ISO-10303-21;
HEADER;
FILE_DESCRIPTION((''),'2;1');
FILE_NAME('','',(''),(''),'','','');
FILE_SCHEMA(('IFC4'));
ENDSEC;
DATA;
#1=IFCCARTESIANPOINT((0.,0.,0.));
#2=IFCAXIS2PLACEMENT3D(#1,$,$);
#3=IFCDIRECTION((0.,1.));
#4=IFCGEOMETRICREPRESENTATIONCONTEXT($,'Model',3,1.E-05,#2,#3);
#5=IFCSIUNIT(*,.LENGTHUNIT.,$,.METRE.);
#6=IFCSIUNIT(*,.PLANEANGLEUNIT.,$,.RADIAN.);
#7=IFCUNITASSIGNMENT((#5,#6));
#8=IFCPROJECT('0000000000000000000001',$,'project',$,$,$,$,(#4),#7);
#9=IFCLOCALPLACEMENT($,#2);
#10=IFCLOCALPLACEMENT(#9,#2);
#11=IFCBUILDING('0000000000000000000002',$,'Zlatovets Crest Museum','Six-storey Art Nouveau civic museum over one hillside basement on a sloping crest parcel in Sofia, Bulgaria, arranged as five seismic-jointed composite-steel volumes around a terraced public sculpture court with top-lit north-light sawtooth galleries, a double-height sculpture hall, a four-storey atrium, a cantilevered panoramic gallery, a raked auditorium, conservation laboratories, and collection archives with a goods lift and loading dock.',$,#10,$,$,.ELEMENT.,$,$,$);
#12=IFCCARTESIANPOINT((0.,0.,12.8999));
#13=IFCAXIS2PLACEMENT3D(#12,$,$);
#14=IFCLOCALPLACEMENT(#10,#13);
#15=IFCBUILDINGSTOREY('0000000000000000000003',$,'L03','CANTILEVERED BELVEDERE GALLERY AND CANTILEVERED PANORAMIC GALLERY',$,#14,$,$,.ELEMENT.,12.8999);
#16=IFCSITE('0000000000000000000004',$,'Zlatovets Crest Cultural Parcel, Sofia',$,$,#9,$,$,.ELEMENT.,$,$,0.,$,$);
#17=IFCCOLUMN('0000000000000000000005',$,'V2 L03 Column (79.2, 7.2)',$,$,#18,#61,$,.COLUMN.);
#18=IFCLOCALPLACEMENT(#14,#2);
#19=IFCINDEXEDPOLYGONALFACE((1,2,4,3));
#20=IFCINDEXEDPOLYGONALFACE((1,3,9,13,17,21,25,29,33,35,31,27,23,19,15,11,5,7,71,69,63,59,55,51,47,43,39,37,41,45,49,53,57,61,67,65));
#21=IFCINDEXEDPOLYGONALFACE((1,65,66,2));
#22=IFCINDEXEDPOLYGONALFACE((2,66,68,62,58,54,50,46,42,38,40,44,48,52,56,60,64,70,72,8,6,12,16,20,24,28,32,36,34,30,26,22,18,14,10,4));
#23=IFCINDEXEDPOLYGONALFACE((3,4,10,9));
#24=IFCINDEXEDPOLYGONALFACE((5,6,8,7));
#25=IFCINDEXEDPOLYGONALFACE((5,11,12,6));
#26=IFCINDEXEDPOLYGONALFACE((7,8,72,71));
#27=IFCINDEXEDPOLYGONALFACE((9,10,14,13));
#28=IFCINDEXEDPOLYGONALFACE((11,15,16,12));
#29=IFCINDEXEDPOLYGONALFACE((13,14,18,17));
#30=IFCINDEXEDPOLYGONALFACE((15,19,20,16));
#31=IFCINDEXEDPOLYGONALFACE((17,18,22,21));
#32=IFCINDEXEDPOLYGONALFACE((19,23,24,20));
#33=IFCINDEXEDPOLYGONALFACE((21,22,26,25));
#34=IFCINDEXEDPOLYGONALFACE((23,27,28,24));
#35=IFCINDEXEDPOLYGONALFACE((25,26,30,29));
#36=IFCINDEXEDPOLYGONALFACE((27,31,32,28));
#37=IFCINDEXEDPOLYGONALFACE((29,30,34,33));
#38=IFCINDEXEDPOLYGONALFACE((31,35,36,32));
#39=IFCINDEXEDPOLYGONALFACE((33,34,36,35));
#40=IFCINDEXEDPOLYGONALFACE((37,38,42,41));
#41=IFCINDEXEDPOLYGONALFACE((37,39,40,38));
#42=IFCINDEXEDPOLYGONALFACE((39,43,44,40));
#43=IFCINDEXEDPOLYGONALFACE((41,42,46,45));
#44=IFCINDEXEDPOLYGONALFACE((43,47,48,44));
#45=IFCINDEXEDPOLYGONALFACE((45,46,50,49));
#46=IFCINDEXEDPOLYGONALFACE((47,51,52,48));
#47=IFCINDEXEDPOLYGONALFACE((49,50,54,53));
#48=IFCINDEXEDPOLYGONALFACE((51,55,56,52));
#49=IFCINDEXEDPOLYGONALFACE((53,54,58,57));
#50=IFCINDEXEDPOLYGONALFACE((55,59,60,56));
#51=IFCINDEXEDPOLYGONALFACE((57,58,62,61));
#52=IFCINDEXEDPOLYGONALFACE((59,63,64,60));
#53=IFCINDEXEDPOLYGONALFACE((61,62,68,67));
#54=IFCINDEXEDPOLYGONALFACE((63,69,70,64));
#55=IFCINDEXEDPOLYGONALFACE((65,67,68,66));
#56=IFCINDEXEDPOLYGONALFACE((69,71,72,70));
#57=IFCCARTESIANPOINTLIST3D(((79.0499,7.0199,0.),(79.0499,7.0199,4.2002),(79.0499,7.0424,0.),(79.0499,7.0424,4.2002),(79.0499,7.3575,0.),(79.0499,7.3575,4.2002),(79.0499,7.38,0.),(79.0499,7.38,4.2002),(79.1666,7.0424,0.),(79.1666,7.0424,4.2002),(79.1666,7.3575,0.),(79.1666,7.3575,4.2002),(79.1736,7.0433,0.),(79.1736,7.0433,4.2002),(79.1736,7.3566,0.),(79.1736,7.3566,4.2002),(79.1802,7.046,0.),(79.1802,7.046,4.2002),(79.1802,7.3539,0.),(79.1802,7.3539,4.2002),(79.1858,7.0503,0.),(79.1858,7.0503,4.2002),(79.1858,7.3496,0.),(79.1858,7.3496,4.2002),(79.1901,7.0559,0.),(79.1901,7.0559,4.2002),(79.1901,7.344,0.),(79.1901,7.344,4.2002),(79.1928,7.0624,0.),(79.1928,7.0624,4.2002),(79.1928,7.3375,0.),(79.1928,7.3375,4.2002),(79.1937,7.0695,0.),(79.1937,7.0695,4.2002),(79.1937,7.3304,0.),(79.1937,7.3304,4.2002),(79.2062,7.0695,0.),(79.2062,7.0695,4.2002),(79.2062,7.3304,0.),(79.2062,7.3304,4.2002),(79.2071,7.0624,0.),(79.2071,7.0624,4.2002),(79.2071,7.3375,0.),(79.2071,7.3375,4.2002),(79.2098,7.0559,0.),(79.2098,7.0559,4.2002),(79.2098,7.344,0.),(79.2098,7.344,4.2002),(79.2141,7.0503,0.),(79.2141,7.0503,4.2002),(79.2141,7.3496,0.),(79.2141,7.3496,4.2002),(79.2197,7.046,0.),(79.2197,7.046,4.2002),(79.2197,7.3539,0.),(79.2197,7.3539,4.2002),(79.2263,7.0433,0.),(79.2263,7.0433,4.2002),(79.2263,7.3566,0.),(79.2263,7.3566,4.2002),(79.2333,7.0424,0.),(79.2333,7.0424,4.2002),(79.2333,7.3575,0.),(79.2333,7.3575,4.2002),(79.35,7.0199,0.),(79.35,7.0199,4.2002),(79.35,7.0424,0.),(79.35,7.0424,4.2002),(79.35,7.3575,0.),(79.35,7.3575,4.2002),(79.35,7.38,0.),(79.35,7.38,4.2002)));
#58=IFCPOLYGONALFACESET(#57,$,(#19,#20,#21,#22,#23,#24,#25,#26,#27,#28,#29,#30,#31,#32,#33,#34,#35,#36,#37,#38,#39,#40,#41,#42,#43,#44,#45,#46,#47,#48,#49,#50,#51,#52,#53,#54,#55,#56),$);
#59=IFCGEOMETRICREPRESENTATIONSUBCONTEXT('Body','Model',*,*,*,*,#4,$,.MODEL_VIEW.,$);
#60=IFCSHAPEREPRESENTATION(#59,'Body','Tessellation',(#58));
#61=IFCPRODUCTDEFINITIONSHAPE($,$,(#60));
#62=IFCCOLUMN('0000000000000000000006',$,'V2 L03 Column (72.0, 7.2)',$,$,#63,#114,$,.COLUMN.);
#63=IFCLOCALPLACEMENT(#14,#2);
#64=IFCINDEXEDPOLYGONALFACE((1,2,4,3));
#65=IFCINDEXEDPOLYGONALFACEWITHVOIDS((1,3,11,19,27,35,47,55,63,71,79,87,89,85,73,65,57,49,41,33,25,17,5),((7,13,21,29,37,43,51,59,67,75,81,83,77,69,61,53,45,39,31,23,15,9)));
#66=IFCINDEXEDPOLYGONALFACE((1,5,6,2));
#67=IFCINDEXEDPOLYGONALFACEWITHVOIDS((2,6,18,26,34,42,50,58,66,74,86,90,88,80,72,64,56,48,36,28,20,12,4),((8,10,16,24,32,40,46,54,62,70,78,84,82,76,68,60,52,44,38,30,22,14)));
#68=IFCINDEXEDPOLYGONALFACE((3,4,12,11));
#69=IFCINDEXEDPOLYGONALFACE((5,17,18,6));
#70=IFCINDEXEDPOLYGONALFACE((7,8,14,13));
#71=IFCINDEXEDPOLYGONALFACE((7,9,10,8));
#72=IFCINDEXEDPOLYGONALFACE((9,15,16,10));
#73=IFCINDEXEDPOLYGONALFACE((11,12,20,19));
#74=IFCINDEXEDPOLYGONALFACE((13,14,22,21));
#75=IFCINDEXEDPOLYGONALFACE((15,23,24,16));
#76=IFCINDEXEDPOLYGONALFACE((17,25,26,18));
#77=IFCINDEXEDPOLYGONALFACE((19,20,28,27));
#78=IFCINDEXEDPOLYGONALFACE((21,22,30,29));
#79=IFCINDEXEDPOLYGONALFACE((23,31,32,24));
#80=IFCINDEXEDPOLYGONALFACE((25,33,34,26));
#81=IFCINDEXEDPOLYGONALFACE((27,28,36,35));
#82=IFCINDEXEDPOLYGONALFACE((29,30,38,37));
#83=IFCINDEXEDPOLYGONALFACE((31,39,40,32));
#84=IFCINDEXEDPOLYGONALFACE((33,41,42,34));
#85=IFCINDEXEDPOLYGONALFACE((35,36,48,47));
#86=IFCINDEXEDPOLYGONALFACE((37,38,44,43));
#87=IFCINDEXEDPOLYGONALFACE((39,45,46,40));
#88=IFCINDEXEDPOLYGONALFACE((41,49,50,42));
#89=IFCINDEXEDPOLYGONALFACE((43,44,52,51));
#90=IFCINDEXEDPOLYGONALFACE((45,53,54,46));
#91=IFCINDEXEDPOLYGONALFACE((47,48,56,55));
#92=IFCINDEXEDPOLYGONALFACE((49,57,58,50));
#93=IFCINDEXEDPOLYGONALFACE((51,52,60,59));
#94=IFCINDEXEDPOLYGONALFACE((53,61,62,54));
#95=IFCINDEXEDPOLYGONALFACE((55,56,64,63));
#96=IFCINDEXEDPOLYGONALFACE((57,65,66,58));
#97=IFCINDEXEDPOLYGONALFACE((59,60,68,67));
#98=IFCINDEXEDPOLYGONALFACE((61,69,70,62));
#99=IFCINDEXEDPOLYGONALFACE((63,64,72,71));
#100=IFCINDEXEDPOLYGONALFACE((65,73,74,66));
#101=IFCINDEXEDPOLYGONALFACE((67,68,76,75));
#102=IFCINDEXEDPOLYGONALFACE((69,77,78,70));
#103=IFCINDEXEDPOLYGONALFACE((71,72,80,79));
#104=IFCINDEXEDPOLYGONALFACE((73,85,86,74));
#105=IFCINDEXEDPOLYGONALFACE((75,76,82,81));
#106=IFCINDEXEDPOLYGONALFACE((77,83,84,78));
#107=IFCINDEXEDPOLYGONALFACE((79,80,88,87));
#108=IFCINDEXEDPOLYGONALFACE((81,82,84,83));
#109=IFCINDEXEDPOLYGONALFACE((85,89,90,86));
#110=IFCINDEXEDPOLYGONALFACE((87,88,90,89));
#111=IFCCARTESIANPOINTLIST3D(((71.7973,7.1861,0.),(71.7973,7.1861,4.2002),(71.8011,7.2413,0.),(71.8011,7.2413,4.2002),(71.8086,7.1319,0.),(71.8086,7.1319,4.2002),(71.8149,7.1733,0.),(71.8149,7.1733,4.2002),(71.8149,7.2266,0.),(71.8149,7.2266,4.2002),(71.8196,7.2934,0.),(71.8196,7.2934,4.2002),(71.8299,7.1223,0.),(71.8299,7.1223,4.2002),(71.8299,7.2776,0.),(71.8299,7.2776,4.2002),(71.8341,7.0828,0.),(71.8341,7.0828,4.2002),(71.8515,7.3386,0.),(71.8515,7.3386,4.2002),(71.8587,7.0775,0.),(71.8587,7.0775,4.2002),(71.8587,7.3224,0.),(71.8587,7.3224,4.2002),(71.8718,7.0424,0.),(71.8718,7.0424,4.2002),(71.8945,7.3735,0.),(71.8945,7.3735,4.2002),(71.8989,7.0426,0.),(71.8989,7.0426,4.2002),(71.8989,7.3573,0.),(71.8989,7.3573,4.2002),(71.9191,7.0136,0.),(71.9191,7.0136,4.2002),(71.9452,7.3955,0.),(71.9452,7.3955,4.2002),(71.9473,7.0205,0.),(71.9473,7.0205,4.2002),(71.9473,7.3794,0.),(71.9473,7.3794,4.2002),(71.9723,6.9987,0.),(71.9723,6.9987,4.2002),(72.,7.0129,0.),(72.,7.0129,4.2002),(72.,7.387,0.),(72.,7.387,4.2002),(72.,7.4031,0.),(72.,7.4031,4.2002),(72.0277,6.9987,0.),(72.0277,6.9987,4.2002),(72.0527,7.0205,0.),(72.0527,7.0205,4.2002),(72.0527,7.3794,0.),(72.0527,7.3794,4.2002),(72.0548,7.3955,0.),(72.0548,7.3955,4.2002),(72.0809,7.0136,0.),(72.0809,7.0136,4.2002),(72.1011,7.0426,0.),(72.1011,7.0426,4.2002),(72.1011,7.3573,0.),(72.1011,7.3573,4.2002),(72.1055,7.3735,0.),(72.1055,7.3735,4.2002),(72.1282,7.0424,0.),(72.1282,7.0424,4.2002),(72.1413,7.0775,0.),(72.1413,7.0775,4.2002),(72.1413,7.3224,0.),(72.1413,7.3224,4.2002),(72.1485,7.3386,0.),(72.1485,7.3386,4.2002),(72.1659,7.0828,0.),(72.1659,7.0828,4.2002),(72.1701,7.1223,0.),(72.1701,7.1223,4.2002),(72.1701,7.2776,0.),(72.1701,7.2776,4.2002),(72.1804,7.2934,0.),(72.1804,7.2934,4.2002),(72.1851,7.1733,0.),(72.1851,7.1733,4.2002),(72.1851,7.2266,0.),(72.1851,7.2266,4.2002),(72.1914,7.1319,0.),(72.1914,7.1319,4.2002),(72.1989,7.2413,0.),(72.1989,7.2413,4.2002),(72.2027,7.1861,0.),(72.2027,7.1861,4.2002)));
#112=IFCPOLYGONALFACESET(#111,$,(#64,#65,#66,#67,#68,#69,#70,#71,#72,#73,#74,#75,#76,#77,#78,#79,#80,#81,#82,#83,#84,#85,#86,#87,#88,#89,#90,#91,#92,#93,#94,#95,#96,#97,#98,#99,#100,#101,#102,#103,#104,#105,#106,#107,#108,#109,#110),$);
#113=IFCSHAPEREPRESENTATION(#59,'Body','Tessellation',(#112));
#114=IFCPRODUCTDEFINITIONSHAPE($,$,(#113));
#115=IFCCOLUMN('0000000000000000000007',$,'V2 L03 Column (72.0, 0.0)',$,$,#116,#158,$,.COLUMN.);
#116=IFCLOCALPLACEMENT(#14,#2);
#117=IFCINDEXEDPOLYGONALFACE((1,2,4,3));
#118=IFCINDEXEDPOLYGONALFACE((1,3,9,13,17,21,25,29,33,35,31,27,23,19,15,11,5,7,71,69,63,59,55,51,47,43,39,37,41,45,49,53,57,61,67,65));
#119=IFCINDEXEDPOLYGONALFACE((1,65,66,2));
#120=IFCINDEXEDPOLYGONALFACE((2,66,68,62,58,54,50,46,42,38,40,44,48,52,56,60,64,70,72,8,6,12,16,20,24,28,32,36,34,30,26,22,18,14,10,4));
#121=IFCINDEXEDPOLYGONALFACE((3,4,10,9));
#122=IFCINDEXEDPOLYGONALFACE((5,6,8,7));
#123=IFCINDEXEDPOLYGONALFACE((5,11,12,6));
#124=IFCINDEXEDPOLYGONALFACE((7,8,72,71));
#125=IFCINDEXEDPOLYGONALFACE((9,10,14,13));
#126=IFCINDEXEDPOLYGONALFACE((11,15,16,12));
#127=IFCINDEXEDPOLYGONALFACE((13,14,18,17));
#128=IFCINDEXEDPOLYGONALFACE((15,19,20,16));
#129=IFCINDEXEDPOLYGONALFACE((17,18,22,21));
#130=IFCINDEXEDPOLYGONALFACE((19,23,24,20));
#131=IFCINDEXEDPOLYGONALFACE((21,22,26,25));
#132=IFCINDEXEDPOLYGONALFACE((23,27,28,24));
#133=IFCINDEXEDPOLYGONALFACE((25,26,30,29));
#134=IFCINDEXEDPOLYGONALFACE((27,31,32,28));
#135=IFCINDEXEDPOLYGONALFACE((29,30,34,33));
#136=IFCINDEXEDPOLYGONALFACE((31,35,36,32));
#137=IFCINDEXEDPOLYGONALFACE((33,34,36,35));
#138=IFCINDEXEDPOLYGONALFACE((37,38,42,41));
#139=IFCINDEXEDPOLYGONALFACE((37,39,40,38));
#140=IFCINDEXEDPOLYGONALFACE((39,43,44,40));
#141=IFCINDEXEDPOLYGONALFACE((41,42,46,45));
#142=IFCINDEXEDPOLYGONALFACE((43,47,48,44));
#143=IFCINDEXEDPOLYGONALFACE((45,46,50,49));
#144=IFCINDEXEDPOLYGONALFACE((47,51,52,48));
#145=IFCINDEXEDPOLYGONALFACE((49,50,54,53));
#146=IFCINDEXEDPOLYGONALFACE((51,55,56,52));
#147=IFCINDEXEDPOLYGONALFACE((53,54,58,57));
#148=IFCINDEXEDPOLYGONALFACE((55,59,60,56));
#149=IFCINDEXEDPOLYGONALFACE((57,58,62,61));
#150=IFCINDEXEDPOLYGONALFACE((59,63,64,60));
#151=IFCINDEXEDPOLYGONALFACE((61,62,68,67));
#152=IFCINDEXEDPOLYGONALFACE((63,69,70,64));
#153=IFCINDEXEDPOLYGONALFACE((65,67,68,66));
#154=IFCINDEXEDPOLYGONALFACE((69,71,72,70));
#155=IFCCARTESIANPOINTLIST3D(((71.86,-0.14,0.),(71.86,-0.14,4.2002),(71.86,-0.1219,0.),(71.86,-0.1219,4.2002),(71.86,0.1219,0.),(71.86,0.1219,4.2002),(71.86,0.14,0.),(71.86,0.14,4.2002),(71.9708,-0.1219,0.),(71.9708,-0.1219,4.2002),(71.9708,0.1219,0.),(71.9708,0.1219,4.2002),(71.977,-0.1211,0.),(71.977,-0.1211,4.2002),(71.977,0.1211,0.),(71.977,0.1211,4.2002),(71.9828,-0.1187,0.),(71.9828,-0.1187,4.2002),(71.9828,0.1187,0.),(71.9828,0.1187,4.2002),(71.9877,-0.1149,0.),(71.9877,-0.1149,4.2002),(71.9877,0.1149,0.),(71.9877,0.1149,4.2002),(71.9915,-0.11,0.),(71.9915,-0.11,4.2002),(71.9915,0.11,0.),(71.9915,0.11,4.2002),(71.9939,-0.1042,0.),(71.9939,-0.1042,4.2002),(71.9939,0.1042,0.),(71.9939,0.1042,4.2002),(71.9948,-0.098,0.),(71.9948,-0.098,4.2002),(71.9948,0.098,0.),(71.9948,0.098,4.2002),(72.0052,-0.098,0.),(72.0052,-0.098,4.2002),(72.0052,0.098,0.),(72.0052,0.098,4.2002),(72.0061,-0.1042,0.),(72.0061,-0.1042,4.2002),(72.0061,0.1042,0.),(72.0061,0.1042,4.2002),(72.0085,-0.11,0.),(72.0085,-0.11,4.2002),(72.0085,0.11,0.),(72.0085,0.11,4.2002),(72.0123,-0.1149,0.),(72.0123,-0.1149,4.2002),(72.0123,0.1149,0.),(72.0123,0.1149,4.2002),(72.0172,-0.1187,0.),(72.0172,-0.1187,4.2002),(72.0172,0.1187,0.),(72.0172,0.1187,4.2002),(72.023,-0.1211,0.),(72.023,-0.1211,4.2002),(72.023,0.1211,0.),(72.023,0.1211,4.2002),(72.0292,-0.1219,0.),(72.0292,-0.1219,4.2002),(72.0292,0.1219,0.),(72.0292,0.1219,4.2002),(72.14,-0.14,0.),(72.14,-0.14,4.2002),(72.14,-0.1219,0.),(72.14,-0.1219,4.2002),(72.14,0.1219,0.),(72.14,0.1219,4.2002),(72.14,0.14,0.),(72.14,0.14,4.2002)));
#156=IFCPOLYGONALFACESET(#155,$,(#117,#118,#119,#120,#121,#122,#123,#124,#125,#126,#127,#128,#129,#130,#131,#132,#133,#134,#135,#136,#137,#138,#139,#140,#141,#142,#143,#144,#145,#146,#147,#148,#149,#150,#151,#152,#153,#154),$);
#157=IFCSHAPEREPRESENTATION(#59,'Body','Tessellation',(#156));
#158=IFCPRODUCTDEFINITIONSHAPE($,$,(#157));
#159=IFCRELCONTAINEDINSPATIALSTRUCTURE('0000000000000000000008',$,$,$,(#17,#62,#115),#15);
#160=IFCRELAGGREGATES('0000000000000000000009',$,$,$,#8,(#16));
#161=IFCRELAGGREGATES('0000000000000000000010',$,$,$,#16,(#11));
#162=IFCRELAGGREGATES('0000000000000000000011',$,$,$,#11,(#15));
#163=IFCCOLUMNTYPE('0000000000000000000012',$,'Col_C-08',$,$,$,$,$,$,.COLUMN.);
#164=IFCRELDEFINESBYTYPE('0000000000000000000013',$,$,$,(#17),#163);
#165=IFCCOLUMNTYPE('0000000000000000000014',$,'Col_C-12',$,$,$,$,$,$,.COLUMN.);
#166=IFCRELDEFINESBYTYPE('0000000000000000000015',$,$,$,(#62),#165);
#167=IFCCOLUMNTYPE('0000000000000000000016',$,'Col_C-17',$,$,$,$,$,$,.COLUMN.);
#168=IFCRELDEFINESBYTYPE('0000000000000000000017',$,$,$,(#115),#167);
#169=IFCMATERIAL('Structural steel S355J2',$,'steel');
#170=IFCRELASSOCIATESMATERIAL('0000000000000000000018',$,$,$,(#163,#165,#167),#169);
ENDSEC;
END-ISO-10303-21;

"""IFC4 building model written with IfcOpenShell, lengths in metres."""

from ifc_helpers import new_model, si_unit, direction, frame, origin, origin_2d, place, context, subcontext, project, spatial, hollow_circle, i_section, extrude, material, material_profile, profile_set, type_object, element, save


model = new_model("IFC4")

# Units and contexts
model_context = context("Model", 3, precision=1e-05, world=origin(), true_north=direction((0.0, 1.0)))
body_context = subcontext(model_context, "Body", "Model", "MODEL_VIEW")
ifc_project = project(units=[si_unit("LENGTHUNIT", "METRE"), si_unit("PLANEANGLEUNIT", "RADIAN")], contexts=[model_context])

# Site, building, storey
site_placement = place(None, origin())
site = spatial("IfcSite", under=ifc_project, at=site_placement, Name="Zlatovets Crest Cultural Parcel, Sofia", CompositionType="ELEMENT", RefElevation=0.0)
building_placement = place(site_placement, origin())
building = spatial("IfcBuilding", under=site, at=building_placement, Name="Zlatovets Crest Museum", Description="Six-storey Art Nouveau civic museum over one hillside basement on a sloping crest parcel in Sofia, Bulgaria, arranged as five seismic-jointed composite-steel volumes around a terraced public sculpture court with top-lit north-light sawtooth galleries, a double-height sculpture hall, a four-storey atrium, a cantilevered panoramic gallery, a raked auditorium, conservation laboratories, and collection archives with a goods lift and loading dock.", CompositionType="ELEMENT")
storey_placement = place(building_placement, frame((0.0, 0.0, 12.8999)))
storey = spatial("IfcBuildingStorey", under=building, at=storey_placement, Name="L03", Description="CANTILEVERED BELVEDERE GALLERY AND CANTILEVERED PANORAMIC GALLERY", CompositionType="ELEMENT", Elevation=12.8999)

# Columns
ifc_material_1 = material(Name="Structural steel S355J2", Category="steel")
ifc_material_profile_1 = material_profile(ifc_material_1, i_section(OverallWidth=0.3, OverallDepth=0.3601, WebThickness=0.0125, FlangeThickness=0.0225, FilletRadius=0.0271, at=origin_2d()), Name="HEB 360")
ifc_profile_set_1 = profile_set([ifc_material_profile_1], Name="Structural steel S355J2")
column_type_1 = type_object("IfcColumnType", Name="Col_C-08", PredefinedType="COLUMN", material=ifc_profile_set_1)
column_1_placement = place(storey_placement, frame((79.2, 7.2, 0.0), z_axis=(0.0, 0.0, 1.0), x_axis=(1.0, 0.0, 0.0)))
element("IfcColumn", 1, at=column_1_placement, inside=storey, type_object=column_type_1, Name="V2 L03 Column (79.2, 7.2)", PredefinedType="COLUMN", context=body_context, shape_type="SweptSolid", body=[
    extrude(i_section(OverallWidth=0.3, OverallDepth=0.3601, WebThickness=0.0125, FlangeThickness=0.0225, FilletRadius=0.0271, at=origin_2d()), origin(), (0.0, 0.0, 1.0), 4.2002),
])
ifc_material_profile_2 = material_profile(ifc_material_1, hollow_circle(Radius=0.2031, WallThickness=0.0161, at=origin_2d()), Name="CHS 406.4x16.0")
ifc_profile_set_2 = profile_set([ifc_material_profile_2], Name="Structural steel S355J2")
column_type_2 = type_object("IfcColumnType", Name="Col_C-12", PredefinedType="COLUMN", material=ifc_profile_set_2)
column_2_placement = place(storey_placement, frame((72.0, 7.2, 0.0), z_axis=(0.0, 0.0, 1.0), x_axis=(0.0, 1.0, 0.0)))
element("IfcColumn", 2, at=column_2_placement, inside=storey, type_object=column_type_2, Name="V2 L03 Column (72.0, 7.2)", PredefinedType="COLUMN", context=body_context, shape_type="SweptSolid", body=[
    extrude(hollow_circle(Radius=0.2031, WallThickness=0.0161, at=origin_2d()), origin(), (0.0, 0.0, 1.0), 4.2002),
])
ifc_material_profile_3 = material_profile(ifc_material_1, i_section(OverallWidth=0.28, OverallDepth=0.28, WebThickness=0.0105, FlangeThickness=0.0181, FilletRadius=0.0239, at=origin_2d()), Name="HEB 280")
ifc_profile_set_3 = profile_set([ifc_material_profile_3], Name="Structural steel S355J2")
column_type_3 = type_object("IfcColumnType", Name="Col_C-17", PredefinedType="COLUMN", material=ifc_profile_set_3)
for number, where, z_axis, x_axis, name in (
    (3, (72.0, 0.0, 0.0), (0.0, 0.0, 1.0), (1.0, 0.0, 0.0), "V2 L03 Column (72.0, 0.0)"),
):
    element("IfcColumn", number, at=place(storey_placement, frame(where, z_axis=z_axis, x_axis=x_axis)), inside=storey, type_object=column_type_3, Name=name, PredefinedType="COLUMN", context=body_context, shape_type="SweptSolid", body=[
        extrude(i_section(OverallWidth=0.28, OverallDepth=0.28, WebThickness=0.0105, FlangeThickness=0.0181, FilletRadius=0.0239, at=origin_2d()), origin(), (0.0, 0.0, 1.0), 4.2002),
    ])

save(model, "model.ifc")
